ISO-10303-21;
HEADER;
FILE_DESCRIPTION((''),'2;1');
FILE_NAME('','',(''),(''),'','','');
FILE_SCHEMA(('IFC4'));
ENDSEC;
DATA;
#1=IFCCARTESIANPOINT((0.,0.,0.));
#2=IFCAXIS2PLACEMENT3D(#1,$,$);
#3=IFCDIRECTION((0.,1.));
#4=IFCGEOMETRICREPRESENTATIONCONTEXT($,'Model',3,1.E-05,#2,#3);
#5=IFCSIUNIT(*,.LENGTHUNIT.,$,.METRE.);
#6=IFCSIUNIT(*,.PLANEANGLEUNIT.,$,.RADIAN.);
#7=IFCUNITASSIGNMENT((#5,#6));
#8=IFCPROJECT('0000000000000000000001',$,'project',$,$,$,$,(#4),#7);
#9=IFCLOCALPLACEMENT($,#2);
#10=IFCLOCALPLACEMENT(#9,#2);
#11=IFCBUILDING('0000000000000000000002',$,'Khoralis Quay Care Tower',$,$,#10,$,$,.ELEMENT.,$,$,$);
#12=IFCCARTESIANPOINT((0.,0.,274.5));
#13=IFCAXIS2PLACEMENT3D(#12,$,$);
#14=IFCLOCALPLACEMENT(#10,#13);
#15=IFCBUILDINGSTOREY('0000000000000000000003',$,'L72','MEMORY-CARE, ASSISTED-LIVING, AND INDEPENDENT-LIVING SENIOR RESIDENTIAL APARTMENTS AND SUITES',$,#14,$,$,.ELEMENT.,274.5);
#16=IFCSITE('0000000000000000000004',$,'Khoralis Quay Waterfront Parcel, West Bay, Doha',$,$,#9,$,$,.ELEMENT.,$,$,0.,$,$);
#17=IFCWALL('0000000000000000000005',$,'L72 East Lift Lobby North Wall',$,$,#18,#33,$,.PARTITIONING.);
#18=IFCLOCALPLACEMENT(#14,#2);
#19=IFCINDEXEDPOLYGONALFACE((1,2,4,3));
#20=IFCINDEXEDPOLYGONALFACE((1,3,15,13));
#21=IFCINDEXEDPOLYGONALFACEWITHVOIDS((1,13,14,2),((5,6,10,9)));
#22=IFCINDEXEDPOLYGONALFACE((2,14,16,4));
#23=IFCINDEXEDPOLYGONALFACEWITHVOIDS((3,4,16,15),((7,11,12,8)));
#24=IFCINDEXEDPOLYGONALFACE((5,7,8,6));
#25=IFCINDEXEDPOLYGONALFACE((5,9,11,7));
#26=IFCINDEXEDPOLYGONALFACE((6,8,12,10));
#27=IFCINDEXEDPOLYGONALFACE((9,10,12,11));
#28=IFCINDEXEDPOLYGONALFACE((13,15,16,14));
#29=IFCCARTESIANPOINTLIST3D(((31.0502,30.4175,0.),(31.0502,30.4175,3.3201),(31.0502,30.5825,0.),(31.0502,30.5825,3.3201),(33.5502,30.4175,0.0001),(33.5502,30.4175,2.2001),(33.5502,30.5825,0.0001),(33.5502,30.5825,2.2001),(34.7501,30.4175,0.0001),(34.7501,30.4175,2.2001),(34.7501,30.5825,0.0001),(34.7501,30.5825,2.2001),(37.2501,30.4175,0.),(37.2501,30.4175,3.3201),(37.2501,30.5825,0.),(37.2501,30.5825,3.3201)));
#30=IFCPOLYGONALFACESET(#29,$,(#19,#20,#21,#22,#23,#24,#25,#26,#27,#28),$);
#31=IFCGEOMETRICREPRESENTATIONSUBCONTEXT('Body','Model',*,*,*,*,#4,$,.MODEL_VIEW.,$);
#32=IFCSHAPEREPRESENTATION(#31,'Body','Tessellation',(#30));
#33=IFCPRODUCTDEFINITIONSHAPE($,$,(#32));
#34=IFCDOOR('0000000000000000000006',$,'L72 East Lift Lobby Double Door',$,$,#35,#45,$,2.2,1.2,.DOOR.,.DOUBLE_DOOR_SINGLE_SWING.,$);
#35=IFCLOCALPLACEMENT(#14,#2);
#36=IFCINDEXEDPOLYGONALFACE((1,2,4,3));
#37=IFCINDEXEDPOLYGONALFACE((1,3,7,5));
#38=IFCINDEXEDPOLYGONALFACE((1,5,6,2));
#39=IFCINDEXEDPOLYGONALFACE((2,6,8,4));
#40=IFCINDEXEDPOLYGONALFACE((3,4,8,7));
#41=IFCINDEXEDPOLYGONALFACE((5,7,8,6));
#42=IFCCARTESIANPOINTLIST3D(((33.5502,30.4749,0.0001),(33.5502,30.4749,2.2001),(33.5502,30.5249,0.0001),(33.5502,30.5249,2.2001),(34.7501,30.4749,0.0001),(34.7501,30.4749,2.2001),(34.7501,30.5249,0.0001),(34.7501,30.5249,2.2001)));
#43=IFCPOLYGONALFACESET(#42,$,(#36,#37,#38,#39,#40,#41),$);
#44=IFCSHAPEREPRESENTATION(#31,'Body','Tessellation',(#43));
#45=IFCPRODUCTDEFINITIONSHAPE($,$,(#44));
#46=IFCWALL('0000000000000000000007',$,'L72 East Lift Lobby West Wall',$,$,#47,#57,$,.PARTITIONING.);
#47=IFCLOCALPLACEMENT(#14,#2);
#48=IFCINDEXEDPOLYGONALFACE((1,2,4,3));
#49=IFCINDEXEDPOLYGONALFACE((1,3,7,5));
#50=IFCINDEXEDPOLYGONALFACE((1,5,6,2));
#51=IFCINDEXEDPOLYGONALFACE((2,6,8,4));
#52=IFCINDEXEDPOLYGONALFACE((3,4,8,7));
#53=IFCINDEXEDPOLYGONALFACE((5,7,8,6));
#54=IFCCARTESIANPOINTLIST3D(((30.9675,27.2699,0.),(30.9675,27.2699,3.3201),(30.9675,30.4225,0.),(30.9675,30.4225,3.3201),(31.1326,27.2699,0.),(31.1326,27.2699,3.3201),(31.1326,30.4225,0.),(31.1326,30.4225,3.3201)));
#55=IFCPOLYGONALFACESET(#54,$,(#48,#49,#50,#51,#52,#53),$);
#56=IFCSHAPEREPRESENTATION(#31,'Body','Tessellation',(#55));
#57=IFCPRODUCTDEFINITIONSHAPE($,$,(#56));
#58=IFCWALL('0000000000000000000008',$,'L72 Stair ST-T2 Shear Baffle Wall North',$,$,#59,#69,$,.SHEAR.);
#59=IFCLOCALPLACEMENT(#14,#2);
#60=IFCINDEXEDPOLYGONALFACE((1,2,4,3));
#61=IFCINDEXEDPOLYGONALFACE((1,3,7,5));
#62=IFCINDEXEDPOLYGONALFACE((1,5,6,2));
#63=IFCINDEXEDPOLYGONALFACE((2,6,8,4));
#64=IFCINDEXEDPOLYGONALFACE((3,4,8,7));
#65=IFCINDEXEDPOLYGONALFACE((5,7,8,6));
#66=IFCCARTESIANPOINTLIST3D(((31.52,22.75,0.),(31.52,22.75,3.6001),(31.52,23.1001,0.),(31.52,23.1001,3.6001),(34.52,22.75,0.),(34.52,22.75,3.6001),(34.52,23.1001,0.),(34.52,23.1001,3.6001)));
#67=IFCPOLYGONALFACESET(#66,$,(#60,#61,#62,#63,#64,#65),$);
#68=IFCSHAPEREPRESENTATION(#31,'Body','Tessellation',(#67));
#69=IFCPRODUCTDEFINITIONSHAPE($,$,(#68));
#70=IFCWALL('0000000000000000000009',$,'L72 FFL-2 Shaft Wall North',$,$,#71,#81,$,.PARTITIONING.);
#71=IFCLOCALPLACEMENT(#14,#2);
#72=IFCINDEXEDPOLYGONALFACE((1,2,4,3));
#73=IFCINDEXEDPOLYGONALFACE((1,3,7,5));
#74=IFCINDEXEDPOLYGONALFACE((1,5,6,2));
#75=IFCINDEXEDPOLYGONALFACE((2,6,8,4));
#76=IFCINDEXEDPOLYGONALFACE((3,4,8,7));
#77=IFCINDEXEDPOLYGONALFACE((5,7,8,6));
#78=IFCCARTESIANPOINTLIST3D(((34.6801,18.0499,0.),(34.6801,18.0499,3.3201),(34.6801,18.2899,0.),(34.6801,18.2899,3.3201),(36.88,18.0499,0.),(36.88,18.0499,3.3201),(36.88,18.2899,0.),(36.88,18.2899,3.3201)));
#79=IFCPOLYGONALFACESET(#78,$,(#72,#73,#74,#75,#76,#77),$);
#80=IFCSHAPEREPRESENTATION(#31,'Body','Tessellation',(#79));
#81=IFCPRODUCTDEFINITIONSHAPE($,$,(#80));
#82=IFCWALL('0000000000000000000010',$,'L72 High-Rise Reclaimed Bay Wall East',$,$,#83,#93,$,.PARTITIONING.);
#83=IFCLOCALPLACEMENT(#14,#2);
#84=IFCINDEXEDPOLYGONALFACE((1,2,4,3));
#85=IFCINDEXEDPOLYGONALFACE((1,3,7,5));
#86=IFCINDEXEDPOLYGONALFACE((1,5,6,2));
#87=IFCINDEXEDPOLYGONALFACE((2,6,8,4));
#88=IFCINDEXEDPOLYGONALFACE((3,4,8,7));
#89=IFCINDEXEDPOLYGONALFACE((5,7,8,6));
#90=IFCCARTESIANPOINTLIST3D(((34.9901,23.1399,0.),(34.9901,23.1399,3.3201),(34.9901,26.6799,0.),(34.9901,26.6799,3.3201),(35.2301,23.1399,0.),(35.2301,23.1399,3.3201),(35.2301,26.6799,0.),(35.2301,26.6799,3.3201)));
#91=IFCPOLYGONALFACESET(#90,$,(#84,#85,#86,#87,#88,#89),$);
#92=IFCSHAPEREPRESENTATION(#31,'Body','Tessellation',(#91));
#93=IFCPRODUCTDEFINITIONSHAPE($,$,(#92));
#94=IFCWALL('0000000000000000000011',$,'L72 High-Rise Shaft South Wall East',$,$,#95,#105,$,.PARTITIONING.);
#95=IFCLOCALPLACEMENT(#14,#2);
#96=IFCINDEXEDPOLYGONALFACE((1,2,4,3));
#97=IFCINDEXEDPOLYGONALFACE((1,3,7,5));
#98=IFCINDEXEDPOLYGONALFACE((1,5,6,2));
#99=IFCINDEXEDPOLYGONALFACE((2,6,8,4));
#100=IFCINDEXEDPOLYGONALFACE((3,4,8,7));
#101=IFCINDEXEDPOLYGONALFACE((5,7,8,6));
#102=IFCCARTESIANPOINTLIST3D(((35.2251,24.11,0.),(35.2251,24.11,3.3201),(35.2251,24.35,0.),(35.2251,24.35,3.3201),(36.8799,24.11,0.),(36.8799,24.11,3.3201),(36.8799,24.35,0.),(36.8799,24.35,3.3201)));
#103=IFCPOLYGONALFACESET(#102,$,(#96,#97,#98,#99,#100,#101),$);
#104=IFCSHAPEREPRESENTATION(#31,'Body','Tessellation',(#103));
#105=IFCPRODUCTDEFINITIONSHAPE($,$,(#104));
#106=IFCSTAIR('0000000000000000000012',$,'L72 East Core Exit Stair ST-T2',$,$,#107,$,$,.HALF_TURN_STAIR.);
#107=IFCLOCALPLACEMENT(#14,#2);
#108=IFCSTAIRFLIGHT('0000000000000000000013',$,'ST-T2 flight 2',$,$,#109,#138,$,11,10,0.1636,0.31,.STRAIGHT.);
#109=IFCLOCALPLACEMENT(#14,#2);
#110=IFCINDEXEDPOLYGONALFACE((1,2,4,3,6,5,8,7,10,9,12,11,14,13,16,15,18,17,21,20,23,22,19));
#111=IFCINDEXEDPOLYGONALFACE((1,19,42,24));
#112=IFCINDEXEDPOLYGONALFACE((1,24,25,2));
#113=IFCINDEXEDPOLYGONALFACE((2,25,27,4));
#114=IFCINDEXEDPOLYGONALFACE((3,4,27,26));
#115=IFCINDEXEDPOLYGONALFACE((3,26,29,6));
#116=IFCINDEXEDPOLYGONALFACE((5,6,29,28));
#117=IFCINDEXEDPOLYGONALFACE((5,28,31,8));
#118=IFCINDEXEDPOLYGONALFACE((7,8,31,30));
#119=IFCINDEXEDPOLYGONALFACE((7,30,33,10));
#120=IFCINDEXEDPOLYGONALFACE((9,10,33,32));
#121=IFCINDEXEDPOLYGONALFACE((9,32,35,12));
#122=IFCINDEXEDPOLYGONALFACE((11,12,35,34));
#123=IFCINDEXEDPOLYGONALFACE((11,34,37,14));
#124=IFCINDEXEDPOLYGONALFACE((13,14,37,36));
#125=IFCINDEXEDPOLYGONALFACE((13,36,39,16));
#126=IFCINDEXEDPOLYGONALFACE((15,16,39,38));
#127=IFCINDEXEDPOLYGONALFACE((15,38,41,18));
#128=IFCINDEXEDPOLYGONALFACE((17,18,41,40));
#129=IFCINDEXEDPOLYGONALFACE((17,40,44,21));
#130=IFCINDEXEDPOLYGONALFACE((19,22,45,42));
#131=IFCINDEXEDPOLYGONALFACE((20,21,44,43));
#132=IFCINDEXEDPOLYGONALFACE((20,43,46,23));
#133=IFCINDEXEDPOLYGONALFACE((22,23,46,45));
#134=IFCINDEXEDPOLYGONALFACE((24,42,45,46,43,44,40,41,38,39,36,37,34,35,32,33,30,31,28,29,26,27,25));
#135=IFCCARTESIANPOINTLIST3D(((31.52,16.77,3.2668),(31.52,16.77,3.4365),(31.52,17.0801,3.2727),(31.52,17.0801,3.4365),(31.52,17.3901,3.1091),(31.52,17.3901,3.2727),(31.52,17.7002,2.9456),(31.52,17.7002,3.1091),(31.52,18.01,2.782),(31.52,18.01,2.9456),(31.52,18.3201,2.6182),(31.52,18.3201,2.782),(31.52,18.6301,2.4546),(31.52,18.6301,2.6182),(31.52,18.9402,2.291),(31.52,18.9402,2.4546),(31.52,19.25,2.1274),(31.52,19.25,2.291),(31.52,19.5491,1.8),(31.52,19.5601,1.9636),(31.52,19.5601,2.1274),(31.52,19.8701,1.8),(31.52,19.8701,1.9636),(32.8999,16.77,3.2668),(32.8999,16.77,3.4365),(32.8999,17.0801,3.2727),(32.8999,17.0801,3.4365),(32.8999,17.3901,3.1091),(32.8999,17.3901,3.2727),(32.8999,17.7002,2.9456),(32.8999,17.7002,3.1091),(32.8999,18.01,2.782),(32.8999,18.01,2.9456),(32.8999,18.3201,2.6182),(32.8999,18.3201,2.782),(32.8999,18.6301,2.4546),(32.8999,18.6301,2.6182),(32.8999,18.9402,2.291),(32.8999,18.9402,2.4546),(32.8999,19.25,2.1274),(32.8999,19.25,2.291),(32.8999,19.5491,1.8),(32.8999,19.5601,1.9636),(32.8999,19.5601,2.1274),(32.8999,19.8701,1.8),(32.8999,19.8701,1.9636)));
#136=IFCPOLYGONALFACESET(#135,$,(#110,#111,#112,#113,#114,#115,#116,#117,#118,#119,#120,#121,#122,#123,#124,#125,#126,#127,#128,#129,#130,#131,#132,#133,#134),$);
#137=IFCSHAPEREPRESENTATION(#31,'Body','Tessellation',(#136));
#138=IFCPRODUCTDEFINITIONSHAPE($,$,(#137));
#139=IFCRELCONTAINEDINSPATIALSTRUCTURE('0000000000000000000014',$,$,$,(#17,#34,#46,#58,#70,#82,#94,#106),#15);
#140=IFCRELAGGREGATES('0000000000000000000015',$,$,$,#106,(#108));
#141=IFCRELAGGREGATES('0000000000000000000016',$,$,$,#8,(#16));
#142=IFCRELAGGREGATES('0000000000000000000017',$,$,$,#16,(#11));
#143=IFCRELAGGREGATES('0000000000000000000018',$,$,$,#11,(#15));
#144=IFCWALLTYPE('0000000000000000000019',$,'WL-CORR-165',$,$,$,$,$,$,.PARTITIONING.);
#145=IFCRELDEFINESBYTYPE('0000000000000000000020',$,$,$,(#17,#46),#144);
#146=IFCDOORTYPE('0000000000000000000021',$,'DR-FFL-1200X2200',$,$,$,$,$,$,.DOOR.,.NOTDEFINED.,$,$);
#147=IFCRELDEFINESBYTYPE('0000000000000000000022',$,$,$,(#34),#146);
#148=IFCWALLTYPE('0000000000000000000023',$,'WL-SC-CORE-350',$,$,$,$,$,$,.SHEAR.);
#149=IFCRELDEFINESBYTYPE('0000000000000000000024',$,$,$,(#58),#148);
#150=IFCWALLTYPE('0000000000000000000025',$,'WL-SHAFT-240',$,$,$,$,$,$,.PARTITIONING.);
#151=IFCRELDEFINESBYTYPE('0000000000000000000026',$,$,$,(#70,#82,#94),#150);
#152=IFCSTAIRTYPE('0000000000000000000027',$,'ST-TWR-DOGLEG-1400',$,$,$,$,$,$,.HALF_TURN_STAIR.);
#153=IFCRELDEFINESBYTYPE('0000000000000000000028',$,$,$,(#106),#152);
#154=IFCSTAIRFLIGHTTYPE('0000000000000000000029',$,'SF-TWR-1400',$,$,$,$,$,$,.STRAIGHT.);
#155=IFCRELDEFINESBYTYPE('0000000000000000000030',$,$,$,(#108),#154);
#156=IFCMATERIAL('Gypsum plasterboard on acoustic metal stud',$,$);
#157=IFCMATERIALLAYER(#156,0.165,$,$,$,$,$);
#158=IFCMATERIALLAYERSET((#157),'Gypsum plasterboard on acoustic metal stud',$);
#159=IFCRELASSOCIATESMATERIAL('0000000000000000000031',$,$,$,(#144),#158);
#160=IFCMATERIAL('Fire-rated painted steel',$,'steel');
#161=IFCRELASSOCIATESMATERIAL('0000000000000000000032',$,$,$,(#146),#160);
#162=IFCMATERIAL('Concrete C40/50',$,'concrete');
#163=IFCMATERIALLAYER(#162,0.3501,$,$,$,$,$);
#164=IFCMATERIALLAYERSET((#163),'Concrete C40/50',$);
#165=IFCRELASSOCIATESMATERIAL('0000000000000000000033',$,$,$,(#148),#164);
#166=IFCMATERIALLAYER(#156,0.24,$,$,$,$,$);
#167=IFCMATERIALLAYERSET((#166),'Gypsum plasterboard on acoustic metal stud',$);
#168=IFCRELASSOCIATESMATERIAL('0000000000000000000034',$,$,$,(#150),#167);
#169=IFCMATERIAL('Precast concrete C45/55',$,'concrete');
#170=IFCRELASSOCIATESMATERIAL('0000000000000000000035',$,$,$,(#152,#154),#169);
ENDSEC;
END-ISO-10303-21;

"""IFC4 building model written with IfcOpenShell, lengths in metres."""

from ifc_helpers import new_model, si_unit, direction, frame, frame_2d, origin, place, context, subcontext, project, spatial, polyline, rectangle, outline, extrude, source, transform, mapped, material, layer, layer_set, type_object, element, fill, aggregate, save


model = new_model("IFC4")

# Units and contexts
model_context = context("Model", 3, precision=1e-05, world=origin(), true_north=direction((0.0, 1.0)))
body_context = subcontext(model_context, "Body", "Model", "MODEL_VIEW")
ifc_project = project(units=[si_unit("LENGTHUNIT", "METRE"), si_unit("PLANEANGLEUNIT", "RADIAN")], contexts=[model_context])

# Site, building, storey
site_placement = place(None, origin())
site = spatial("IfcSite", under=ifc_project, at=site_placement, Name="Khoralis Quay Waterfront Parcel, West Bay, Doha", CompositionType="ELEMENT", RefElevation=0.0)
building_placement = place(site_placement, origin())
building = spatial("IfcBuilding", under=site, at=building_placement, Name="Khoralis Quay Care Tower", CompositionType="ELEMENT")
storey_placement = place(building_placement, frame((0.0, 0.0, 274.5)))
storey = spatial("IfcBuildingStorey", under=building, at=storey_placement, Name="L72", Description="MEMORY-CARE, ASSISTED-LIVING, AND INDEPENDENT-LIVING SENIOR RESIDENTIAL APARTMENTS AND SUITES", CompositionType="ELEMENT", Elevation=274.5)

# Wall, opening, door
ifc_material_1 = material(Name="Gypsum plasterboard on acoustic metal stud")
ifc_layer_1 = layer(ifc_material_1, 0.165)
ifc_layer_set_1 = layer_set([ifc_layer_1], Name="Gypsum plasterboard on acoustic metal stud")
wall_type_1 = type_object("IfcWallType", Name="WL-CORR-165", PredefinedType="PARTITIONING", material=ifc_layer_set_1)
wall_1_placement = place(storey_placement, frame((31.05, 30.5, 0.0), z_axis=(0.0, 0.0, 1.0), x_axis=(1.0, 0.0, 0.0)))
wall_1 = element("IfcWall", 1, at=wall_1_placement, inside=storey, type_object=wall_type_1, Name="L72 East Lift Lobby North Wall", PredefinedType="PARTITIONING", context=body_context, shape_type="SweptSolid", body=[
    extrude(rectangle(XDim=6.2, YDim=0.165, at=frame_2d((3.1001, 0.0))), origin(), (0.0, 0.0, 1.0), 3.3201),
])
opening_1_placement = place(wall_1_placement, frame((2.5, 0.0, 0.0)))
opening_1 = element("IfcOpeningElement", 2, at=opening_1_placement, cuts=wall_1, PredefinedType="OPENING", context=body_context, shape_type="SweptSolid", body=[
    extrude(rectangle(XDim=1.2, YDim=2.2, at=frame_2d((0.6001, 1.1001))), frame((0.0, 0.0925, 0.0), z_axis=(0.0, -1.0, 0.0), x_axis=(1.0, 0.0, 0.0)), (0.0, 0.0, 1.0), 0.1851),
])
ifc_material_2 = material(Name="Fire-rated painted steel", Category="steel")
door_type_1 = type_object("IfcDoorType", Name="DR-FFL-1200X2200", OperationType="NOTDEFINED", PredefinedType="DOOR", material=ifc_material_2)
shared_shape_1 = source(origin(), body_context, "Body", "SweptSolid", [
    extrude(rectangle(XDim=1.2, YDim=2.2, at=frame_2d((0.6001, 1.1001))), frame((0.0, 0.0249, 0.0), z_axis=(0.0, -1.0, 0.0), x_axis=(1.0, 0.0, 0.0)), (0.0, 0.0, 1.0), 0.05),
])
door_1_placement = place(opening_1_placement, origin())
door_1 = element("IfcDoor", 3, at=door_1_placement, inside=storey, type_object=door_type_1, Name="L72 East Lift Lobby Double Door", OperationType="DOUBLE_DOOR_SINGLE_SWING", OverallHeight=2.2, OverallWidth=1.2, PredefinedType="DOOR", context=body_context, shape_type="MappedRepresentation", body=[
    mapped(shared_shape_1, transform((0.0, 0.0, 0.0), scale=1.0)),
])
fill(opening_1, door_1)

# Walls
wall_2_placement = place(storey_placement, frame((31.05, 27.27, 0.0), z_axis=(0.0, 0.0, 1.0), x_axis=(0.0, 1.0, 0.0)))
element("IfcWall", 4, at=wall_2_placement, inside=storey, type_object=wall_type_1, Name="L72 East Lift Lobby West Wall", PredefinedType="PARTITIONING", context=body_context, shape_type="SweptSolid", body=[
    extrude(rectangle(XDim=3.1526, YDim=0.165, at=frame_2d((1.5762, 0.0))), origin(), (0.0, 0.0, 1.0), 3.3201),
])
ifc_material_3 = material(Name="Concrete C40/50", Category="concrete")
ifc_layer_2 = layer(ifc_material_3, 0.3501)
ifc_layer_set_2 = layer_set([ifc_layer_2], Name="Concrete C40/50")
wall_type_2 = type_object("IfcWallType", Name="WL-SC-CORE-350", PredefinedType="SHEAR", material=ifc_layer_set_2)
wall_3_placement = place(storey_placement, frame((31.52, 22.925, 0.0), z_axis=(0.0, 0.0, 1.0), x_axis=(1.0, 0.0, 0.0)))
element("IfcWall", 5, at=wall_3_placement, inside=storey, type_object=wall_type_2, Name="L72 Stair ST-T2 Shear Baffle Wall North", PredefinedType="SHEAR", context=body_context, shape_type="SweptSolid", body=[
    extrude(rectangle(XDim=3.0, YDim=0.3501, at=frame_2d((1.5, 0.0))), origin(), (0.0, 0.0, 1.0), 3.6001),
])
ifc_layer_3 = layer(ifc_material_1, 0.24)
ifc_layer_set_3 = layer_set([ifc_layer_3], Name="Gypsum plasterboard on acoustic metal stud")
wall_type_3 = type_object("IfcWallType", Name="WL-SHAFT-240", PredefinedType="PARTITIONING", material=ifc_layer_set_3)
wall_4_placement = place(storey_placement, frame((34.6799, 18.1699, 0.0), z_axis=(0.0, 0.0, 1.0), x_axis=(1.0, 0.0, 0.0)))
element("IfcWall", 6, at=wall_4_placement, inside=storey, type_object=wall_type_3, Name="L72 FFL-2 Shaft Wall North", PredefinedType="PARTITIONING", context=body_context, shape_type="SweptSolid", body=[
    extrude(rectangle(XDim=2.2, YDim=0.24, at=frame_2d((1.1001, 0.0))), origin(), (0.0, 0.0, 1.0), 3.3201),
])
wall_5_placement = place(storey_placement, frame((35.1101, 23.1399, 0.0), z_axis=(0.0, 0.0, 1.0), x_axis=(0.0, 1.0, 0.0)))
element("IfcWall", 7, at=wall_5_placement, inside=storey, type_object=wall_type_3, Name="L72 High-Rise Reclaimed Bay Wall East", PredefinedType="PARTITIONING", context=body_context, shape_type="SweptSolid", body=[
    extrude(rectangle(XDim=3.54, YDim=0.24, at=frame_2d((1.77, 0.0))), origin(), (0.0, 0.0, 1.0), 3.3201),
])
wall_6_placement = place(storey_placement, frame((35.2251, 24.23, 0.0), z_axis=(0.0, 0.0, 1.0), x_axis=(1.0, 0.0, 0.0)))
element("IfcWall", 8, at=wall_6_placement, inside=storey, type_object=wall_type_3, Name="L72 High-Rise Shaft South Wall East", PredefinedType="PARTITIONING", context=body_context, shape_type="SweptSolid", body=[
    extrude(rectangle(XDim=1.6548, YDim=0.24, at=frame_2d((0.8274, 0.0))), origin(), (0.0, 0.0, 1.0), 3.3201),
])

# Stair, stair flight
ifc_material_4 = material(Name="Precast concrete C45/55", Category="concrete")
stair_type = type_object("IfcStairType", Name="ST-TWR-DOGLEG-1400", PredefinedType="HALF_TURN_STAIR", material=ifc_material_4)
stair_placement = place(storey_placement, origin())
stair = element("IfcStair", 9, at=stair_placement, inside=storey, type_object=stair_type, Name="L72 East Core Exit Stair ST-T2", PredefinedType="HALF_TURN_STAIR")
stair_flight_type = type_object("IfcStairFlightType", Name="SF-TWR-1400", PredefinedType="STRAIGHT", material=ifc_material_4)
shared_shape_2 = source(origin(), body_context, "Body", "SweptSolid", [
    extrude(outline(polyline([(0.0, 0.0), (0.0, 0.1636), (0.3101, 0.1636), (0.3101, 0.3274), (0.6201, 0.3274), (0.6201, 0.491), (0.9299, 0.491), (0.9299, 0.6545), (1.24, 0.6545), (1.24, 0.8181), (1.55, 0.8181), (1.55, 0.9819), (1.8601, 0.9819), (1.8601, 1.1455), (2.1699, 1.1455), (2.1699, 1.3091), (2.48, 1.3091), (2.48, 1.4727), (2.79, 1.4727), (2.79, 1.6365), (3.1001, 1.6365), (3.1001, 1.8), (3.1001, 1.4668), (0.321, 0.0), (0.0, 0.0)])), frame((0.0, 0.6899, 0.0), z_axis=(0.0, -1.0, 0.0), x_axis=(1.0, 0.0, 0.0)), (0.0, 0.0, 1.0), 1.3799),
])
stair_flight_placement = place(storey_placement, frame((32.21, 19.8701, 1.8), z_axis=(0.0, 0.0, 1.0), x_axis=(0.0, -1.0, 0.0)))
stair_flight = element("IfcStairFlight", 10, at=stair_flight_placement, type_object=stair_flight_type, Name="ST-T2 flight 2", NumberOfRisers=11, NumberOfTreads=10, PredefinedType="STRAIGHT", RiserHeight=0.1636, TreadLength=0.31, context=body_context, shape_type="MappedRepresentation", body=[
    mapped(shared_shape_2, transform((0.0, 0.0, 0.0), scale=1.0)),
])
aggregate(stair, [stair_flight])

save(model, "model.ifc")
